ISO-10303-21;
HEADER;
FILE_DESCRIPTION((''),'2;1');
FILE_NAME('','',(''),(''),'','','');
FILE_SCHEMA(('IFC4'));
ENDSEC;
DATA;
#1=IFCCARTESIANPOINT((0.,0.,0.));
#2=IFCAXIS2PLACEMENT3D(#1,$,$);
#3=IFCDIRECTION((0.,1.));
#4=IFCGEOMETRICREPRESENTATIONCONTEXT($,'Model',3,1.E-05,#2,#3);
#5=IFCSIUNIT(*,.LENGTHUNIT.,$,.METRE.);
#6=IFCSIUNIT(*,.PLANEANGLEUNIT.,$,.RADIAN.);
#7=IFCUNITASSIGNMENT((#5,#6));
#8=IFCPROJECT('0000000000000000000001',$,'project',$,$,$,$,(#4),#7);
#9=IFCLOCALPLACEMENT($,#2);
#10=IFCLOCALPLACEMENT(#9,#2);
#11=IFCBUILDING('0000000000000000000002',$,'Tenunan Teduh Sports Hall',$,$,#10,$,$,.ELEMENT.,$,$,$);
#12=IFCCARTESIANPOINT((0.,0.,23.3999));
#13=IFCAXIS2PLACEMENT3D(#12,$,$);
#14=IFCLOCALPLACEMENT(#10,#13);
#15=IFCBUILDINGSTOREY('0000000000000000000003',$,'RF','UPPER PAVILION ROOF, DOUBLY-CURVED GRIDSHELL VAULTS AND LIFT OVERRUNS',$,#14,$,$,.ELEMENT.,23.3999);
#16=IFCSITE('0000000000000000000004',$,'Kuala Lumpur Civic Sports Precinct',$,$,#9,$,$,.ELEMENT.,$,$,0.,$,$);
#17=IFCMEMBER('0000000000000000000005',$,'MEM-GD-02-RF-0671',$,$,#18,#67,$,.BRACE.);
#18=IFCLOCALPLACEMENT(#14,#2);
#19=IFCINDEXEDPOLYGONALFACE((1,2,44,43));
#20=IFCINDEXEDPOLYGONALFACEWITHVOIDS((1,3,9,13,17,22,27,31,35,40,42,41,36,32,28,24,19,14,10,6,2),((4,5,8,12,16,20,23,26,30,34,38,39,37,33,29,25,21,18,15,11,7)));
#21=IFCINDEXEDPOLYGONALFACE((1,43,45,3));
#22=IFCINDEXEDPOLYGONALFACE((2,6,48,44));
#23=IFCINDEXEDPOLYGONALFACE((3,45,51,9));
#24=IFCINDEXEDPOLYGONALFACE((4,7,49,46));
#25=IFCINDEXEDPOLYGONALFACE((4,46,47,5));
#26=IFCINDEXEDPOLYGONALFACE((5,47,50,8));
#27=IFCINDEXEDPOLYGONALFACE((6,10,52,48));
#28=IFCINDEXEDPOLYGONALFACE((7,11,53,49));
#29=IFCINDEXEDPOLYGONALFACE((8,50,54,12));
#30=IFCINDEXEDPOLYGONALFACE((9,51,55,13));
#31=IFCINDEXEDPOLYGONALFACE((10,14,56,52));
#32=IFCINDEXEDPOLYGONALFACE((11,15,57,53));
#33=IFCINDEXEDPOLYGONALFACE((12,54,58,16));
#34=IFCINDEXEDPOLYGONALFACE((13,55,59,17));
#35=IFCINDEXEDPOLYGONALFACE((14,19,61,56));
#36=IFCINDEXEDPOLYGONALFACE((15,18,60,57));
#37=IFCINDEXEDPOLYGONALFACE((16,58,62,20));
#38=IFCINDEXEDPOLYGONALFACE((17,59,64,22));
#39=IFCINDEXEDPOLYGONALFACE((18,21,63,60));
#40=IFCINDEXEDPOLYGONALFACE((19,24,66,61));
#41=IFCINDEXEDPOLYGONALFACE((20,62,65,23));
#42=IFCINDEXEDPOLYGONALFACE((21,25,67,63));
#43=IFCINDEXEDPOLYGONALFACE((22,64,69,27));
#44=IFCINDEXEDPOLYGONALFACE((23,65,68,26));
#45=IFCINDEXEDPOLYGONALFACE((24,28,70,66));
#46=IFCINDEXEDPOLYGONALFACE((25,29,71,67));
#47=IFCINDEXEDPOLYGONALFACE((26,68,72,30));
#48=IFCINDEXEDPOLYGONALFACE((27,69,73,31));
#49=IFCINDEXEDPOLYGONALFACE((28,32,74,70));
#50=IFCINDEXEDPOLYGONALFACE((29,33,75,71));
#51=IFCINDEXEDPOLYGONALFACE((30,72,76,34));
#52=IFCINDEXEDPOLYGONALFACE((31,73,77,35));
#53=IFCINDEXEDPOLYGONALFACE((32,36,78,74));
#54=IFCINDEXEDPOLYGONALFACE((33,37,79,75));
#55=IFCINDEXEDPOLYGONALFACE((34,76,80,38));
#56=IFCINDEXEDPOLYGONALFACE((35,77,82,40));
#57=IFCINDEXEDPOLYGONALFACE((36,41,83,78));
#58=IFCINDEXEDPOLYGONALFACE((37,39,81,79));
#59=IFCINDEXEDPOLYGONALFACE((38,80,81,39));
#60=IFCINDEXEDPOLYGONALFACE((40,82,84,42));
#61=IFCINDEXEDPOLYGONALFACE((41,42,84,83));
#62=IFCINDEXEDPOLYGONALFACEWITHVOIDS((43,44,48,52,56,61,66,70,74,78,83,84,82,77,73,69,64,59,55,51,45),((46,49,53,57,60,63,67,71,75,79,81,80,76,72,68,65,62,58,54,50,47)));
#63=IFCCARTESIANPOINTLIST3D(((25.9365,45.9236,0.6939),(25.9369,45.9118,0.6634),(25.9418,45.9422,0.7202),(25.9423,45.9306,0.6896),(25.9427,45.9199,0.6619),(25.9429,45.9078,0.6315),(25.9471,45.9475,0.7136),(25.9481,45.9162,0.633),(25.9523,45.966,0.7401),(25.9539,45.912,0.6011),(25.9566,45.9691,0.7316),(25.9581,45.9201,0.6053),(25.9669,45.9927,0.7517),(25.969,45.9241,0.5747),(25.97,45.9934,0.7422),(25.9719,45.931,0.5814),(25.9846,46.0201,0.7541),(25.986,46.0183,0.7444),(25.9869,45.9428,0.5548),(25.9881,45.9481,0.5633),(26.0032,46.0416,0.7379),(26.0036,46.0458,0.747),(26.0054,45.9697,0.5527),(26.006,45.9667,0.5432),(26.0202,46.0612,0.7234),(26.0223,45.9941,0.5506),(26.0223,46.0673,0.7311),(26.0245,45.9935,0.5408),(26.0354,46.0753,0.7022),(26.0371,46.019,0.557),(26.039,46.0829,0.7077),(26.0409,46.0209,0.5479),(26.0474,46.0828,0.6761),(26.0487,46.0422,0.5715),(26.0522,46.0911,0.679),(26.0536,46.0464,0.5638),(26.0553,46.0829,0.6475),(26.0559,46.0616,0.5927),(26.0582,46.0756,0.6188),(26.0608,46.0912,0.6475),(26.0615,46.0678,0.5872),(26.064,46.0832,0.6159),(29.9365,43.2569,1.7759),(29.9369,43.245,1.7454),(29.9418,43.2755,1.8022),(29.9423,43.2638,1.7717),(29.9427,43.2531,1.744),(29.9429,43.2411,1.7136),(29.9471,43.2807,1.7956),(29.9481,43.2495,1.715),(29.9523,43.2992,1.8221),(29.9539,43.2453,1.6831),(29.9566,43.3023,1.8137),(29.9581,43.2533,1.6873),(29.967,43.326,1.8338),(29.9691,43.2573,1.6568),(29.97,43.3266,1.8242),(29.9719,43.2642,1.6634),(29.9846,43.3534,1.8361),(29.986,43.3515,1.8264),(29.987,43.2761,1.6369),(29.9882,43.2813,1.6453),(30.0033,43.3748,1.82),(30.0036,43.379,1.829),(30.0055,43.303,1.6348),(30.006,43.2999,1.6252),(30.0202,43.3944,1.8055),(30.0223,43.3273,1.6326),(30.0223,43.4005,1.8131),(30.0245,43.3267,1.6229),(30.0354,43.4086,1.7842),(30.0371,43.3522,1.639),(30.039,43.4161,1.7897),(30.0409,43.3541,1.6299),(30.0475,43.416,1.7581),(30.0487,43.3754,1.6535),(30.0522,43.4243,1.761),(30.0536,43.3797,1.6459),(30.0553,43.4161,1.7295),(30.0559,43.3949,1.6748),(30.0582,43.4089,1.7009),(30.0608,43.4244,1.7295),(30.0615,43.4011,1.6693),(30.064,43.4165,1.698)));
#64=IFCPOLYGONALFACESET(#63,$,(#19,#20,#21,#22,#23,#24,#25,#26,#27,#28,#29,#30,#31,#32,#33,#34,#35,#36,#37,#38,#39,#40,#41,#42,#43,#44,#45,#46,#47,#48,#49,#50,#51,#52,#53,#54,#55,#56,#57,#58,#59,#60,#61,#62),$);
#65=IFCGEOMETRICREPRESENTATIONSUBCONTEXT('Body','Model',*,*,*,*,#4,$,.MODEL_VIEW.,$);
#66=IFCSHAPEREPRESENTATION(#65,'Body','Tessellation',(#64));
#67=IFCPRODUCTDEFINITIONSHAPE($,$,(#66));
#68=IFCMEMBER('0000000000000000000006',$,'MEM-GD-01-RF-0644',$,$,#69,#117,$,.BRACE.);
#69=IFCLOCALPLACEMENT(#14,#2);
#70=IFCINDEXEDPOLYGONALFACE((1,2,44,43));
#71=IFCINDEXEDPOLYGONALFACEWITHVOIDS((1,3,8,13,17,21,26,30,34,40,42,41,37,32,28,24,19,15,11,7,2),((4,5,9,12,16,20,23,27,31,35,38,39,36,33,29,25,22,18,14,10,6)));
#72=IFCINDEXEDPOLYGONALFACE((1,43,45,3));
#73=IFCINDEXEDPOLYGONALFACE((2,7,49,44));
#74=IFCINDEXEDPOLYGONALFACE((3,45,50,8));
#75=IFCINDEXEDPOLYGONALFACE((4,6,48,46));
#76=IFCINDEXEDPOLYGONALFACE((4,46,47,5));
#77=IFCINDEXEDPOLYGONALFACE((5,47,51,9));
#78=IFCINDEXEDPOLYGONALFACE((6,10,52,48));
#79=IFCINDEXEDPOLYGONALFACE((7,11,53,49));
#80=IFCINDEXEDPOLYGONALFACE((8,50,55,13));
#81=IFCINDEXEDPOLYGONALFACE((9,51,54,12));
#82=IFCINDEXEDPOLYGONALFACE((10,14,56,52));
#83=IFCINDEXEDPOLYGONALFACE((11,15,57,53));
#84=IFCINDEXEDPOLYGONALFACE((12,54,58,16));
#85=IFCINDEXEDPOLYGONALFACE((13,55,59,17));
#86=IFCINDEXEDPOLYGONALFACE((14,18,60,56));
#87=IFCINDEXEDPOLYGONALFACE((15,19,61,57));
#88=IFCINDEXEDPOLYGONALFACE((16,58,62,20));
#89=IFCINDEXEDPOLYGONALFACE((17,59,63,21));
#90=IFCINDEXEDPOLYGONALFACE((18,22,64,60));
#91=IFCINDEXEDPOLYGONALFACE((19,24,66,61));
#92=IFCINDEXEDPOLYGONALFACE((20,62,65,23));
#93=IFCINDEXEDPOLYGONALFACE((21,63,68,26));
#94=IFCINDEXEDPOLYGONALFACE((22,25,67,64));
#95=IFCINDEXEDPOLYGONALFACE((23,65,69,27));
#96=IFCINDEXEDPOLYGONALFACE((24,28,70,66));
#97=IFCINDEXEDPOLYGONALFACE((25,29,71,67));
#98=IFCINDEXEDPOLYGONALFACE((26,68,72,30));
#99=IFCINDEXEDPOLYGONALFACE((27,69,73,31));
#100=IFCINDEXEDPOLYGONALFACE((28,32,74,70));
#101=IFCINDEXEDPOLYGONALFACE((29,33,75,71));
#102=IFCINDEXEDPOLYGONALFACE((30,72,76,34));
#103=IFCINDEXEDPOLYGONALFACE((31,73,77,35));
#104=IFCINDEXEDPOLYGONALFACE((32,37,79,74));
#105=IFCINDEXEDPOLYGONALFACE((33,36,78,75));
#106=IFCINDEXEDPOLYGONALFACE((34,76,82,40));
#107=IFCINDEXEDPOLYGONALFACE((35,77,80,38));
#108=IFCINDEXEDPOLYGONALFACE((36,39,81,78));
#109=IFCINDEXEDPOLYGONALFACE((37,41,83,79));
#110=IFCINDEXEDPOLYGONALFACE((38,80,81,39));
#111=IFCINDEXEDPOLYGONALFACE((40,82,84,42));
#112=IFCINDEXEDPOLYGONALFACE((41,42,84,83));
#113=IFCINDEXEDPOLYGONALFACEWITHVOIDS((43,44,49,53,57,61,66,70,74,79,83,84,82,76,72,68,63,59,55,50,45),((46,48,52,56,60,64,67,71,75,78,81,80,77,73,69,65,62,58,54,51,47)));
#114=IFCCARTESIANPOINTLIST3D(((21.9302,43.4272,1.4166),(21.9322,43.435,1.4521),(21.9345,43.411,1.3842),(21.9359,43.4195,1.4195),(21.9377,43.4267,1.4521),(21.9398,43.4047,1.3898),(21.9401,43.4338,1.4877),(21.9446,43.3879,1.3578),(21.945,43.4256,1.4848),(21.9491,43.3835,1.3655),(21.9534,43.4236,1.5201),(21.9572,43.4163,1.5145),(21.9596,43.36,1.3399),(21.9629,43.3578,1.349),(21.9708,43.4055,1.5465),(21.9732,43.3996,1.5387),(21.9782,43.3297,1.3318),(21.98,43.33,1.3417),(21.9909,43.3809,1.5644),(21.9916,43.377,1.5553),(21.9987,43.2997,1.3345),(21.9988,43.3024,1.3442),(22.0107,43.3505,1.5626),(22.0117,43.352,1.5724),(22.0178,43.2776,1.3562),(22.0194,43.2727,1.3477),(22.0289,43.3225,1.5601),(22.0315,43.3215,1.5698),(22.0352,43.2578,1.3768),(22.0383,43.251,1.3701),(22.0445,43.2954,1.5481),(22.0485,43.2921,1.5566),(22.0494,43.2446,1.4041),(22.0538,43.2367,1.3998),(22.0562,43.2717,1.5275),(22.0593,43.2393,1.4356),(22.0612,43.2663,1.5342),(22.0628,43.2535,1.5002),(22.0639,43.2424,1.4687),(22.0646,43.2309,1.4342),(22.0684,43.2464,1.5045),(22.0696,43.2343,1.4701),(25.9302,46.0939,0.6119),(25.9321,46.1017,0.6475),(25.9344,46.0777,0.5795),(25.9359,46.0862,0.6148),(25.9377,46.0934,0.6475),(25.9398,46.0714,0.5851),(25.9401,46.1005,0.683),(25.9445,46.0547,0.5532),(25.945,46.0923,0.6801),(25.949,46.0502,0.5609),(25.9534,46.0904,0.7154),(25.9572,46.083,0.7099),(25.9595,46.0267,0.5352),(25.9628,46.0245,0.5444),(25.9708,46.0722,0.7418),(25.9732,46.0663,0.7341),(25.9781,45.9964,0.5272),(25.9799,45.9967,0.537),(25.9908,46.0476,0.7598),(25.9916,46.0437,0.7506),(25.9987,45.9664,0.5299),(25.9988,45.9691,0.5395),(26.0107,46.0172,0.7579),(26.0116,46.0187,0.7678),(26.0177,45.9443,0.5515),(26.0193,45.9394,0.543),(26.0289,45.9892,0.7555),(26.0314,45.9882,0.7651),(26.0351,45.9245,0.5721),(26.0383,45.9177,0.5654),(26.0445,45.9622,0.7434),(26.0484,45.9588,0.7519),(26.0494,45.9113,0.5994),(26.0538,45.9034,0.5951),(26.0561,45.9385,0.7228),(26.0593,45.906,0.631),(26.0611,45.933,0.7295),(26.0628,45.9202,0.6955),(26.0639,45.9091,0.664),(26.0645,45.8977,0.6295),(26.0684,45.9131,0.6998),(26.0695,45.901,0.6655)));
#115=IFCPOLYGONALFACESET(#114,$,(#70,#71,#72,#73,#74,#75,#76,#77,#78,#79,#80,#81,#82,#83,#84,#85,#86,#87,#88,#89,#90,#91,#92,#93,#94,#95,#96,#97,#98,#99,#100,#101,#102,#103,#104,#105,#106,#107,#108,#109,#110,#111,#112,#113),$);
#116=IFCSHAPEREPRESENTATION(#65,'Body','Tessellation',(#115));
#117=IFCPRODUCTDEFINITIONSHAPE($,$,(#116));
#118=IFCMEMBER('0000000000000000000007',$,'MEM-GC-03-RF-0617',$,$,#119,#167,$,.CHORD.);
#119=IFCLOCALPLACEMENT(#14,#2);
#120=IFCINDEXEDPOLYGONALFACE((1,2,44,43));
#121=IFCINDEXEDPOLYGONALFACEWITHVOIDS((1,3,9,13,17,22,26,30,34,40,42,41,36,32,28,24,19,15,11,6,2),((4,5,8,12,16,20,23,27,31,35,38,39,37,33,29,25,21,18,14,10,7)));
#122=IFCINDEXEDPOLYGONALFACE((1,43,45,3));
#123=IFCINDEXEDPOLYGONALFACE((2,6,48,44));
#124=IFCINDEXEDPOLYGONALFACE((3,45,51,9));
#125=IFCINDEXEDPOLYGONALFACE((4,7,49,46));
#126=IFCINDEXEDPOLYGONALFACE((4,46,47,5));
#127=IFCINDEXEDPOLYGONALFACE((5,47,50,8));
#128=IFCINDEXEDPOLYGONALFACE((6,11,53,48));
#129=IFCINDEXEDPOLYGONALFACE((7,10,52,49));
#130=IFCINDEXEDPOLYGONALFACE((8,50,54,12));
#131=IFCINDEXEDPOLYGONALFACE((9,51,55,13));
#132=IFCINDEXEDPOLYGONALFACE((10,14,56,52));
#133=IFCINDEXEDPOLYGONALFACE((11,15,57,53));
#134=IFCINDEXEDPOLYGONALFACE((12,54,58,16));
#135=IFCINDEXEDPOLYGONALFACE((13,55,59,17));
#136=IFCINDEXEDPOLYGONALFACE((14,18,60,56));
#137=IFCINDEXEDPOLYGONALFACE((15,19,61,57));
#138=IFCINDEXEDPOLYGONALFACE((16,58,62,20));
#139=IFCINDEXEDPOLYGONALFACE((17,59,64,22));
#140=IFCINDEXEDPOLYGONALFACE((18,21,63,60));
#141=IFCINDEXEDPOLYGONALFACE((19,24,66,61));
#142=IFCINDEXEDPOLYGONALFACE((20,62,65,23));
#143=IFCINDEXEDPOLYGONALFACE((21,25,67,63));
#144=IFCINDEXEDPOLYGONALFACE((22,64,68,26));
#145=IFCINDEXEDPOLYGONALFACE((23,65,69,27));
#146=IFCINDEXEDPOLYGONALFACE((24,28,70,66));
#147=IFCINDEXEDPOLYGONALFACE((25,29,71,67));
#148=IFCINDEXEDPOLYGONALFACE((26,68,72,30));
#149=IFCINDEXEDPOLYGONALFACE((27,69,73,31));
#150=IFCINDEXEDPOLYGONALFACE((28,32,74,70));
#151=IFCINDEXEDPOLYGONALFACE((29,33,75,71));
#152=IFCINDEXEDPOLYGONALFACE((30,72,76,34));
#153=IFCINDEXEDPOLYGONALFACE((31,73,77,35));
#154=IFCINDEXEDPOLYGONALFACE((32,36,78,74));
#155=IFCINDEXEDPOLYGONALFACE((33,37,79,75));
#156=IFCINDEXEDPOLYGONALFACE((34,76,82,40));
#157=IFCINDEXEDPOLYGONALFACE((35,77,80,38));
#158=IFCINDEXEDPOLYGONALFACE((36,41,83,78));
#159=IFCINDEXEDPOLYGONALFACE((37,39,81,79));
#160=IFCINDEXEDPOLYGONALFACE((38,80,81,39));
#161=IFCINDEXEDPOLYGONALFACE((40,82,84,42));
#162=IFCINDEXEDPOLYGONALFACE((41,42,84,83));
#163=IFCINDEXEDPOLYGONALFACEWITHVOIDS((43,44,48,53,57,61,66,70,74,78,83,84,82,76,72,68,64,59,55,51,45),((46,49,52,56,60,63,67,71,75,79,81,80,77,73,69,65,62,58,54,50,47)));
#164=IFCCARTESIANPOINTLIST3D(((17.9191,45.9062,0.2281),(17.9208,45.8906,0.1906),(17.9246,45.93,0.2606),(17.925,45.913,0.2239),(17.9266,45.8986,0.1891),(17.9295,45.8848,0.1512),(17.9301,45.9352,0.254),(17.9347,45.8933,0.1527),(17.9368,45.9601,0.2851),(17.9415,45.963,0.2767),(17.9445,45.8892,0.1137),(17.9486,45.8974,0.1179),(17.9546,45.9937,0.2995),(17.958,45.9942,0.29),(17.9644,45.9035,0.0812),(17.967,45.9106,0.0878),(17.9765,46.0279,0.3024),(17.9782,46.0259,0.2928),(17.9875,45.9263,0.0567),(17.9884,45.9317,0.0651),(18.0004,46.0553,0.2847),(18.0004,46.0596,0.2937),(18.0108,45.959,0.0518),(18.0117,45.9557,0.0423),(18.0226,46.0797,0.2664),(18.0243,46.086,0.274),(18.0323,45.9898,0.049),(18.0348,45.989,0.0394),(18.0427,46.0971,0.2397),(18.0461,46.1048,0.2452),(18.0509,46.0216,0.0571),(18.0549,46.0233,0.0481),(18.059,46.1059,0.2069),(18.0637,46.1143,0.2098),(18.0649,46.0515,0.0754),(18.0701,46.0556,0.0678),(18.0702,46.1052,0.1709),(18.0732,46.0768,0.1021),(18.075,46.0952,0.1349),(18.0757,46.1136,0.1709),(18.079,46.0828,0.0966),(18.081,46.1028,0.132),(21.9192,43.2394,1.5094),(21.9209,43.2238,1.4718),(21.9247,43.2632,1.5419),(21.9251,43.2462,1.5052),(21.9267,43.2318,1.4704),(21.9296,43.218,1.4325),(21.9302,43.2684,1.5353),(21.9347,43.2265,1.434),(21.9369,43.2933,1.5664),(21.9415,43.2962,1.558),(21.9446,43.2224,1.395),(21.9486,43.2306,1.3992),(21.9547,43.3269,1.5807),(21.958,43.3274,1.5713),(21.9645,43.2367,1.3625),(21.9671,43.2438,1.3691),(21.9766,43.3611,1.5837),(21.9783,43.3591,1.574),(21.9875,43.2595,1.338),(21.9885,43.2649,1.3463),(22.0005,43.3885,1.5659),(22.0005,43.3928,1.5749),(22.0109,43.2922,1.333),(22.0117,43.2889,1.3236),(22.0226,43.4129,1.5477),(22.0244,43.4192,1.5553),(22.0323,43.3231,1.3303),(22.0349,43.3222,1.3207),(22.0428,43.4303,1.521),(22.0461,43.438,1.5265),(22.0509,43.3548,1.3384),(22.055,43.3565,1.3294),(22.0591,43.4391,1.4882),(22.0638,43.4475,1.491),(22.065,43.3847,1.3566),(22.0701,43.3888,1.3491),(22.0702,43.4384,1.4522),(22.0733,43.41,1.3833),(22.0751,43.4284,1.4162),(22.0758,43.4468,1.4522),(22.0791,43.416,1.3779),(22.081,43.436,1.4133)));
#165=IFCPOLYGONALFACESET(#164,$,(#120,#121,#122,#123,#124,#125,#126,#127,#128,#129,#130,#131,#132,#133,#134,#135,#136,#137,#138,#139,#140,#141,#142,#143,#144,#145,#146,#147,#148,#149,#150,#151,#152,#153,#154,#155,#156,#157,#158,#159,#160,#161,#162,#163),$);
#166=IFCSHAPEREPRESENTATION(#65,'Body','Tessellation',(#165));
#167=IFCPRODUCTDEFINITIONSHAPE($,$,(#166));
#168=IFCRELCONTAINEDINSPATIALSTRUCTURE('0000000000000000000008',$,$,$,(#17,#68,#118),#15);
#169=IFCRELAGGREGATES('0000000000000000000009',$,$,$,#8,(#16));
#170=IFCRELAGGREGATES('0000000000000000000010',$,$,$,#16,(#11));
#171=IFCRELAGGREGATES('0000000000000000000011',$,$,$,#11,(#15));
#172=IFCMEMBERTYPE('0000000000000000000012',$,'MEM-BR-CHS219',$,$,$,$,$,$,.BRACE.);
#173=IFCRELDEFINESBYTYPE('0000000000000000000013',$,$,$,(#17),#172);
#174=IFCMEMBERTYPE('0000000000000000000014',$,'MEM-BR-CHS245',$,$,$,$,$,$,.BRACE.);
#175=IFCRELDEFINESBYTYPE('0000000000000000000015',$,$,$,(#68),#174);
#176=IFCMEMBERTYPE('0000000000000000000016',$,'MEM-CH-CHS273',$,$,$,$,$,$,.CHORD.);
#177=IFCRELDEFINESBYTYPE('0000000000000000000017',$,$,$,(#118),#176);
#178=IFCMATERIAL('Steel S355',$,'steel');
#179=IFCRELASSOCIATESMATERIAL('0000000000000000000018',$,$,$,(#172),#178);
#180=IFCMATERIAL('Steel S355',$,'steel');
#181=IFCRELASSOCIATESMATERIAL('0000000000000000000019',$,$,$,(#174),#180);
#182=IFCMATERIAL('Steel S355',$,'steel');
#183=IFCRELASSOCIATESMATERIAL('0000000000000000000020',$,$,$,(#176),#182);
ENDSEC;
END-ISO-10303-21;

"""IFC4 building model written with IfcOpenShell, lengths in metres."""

from ifc_helpers import new_model, si_unit, direction, frame, origin, origin_2d, place, context, subcontext, project, spatial, hollow_circle, extrude, material, material_profile, profile_set, type_object, element, save


model = new_model("IFC4")

# Units and contexts
model_context = context("Model", 3, precision=1e-05, world=origin(), true_north=direction((0.0, 1.0)))
body_context = subcontext(model_context, "Body", "Model", "MODEL_VIEW")
ifc_project = project(units=[si_unit("LENGTHUNIT", "METRE"), si_unit("PLANEANGLEUNIT", "RADIAN")], contexts=[model_context])

# Site, building, storey
site_placement = place(None, origin())
site = spatial("IfcSite", under=ifc_project, at=site_placement, Name="Kuala Lumpur Civic Sports Precinct", CompositionType="ELEMENT", RefElevation=0.0)
building_placement = place(site_placement, origin())
building = spatial("IfcBuilding", under=site, at=building_placement, Name="Tenunan Teduh Sports Hall", CompositionType="ELEMENT")
storey_placement = place(building_placement, frame((0.0, 0.0, 23.3999)))
storey = spatial("IfcBuildingStorey", under=building, at=storey_placement, Name="RF", Description="UPPER PAVILION ROOF, DOUBLY-CURVED GRIDSHELL VAULTS AND LIFT OVERRUNS", CompositionType="ELEMENT", Elevation=23.3999)

# Members
ifc_material_1 = material(Name="Steel S355", Category="steel")
ifc_material_profile_1 = material_profile(ifc_material_1, hollow_circle(Radius=0.1096, WallThickness=0.01, at=origin_2d()), Name="CHS 219.1x10.0")
ifc_profile_set_1 = profile_set([ifc_material_profile_1], Name="Steel S355")
member_type_1 = type_object("IfcMemberType", Name="MEM-BR-CHS219", PredefinedType="BRACE", material=ifc_profile_set_1)
member_1_placement = place(storey_placement, frame((26.0, 46.0, 0.6475), z_axis=(0.811736, -0.541174, 0.219581), x_axis=(0.554712, 0.832042, 0.0)))
element("IfcMember", 1, at=member_1_placement, inside=storey, type_object=member_type_1, Name="MEM-GD-02-RF-0671", PredefinedType="BRACE", context=body_context, shape_type="SweptSolid", body=[
    extrude(hollow_circle(Radius=0.1096, WallThickness=0.01, at=origin_2d()), origin(), (0.0, 0.0, 1.0), 4.9277),
])
ifc_material_2 = material(Name="Steel S355", Category="steel")
ifc_material_profile_2 = material_profile(ifc_material_2, hollow_circle(Radius=0.1223, WallThickness=0.01, at=origin_2d()), Name="CHS 244.5x10.0")
ifc_profile_set_2 = profile_set([ifc_material_profile_2], Name="Steel S355")
member_type_2 = type_object("IfcMemberType", Name="MEM-BR-CHS245", PredefinedType="BRACE", material=ifc_profile_set_2)
member_2_placement = place(storey_placement, frame((22.0, 43.3333, 1.4521), z_axis=(0.820626, 0.547101, -0.165087), x_axis=(-0.554712, 0.832042, 0.0)))
element("IfcMember", 2, at=member_2_placement, inside=storey, type_object=member_type_2, Name="MEM-GD-01-RF-0644", PredefinedType="BRACE", context=body_context, shape_type="SweptSolid", body=[
    extrude(hollow_circle(Radius=0.1223, WallThickness=0.01, at=origin_2d()), origin(), (0.0, 0.0, 1.0), 4.8743),
])
ifc_material_3 = material(Name="Steel S355", Category="steel")
ifc_material_profile_3 = material_profile(ifc_material_3, hollow_circle(Radius=0.1365, WallThickness=0.01, at=origin_2d()), Name="CHS 273.0x10.0")
ifc_profile_set_3 = profile_set([ifc_material_profile_3], Name="Steel S355")
member_type_3 = type_object("IfcMemberType", Name="MEM-CH-CHS273", PredefinedType="CHORD", material=ifc_profile_set_3)
member_3_placement = place(storey_placement, frame((18.0, 46.0, 0.1709), z_axis=(0.803979, -0.536002, 0.257525), x_axis=(0.554712, 0.832042, 0.0)))
element("IfcMember", 3, at=member_3_placement, inside=storey, type_object=member_type_3, Name="MEM-GC-03-RF-0617", PredefinedType="CHORD", context=body_context, shape_type="SweptSolid", body=[
    extrude(hollow_circle(Radius=0.1365, WallThickness=0.01, at=origin_2d()), origin(), (0.0, 0.0, 1.0), 4.9753),
])

save(model, "model.ifc")
